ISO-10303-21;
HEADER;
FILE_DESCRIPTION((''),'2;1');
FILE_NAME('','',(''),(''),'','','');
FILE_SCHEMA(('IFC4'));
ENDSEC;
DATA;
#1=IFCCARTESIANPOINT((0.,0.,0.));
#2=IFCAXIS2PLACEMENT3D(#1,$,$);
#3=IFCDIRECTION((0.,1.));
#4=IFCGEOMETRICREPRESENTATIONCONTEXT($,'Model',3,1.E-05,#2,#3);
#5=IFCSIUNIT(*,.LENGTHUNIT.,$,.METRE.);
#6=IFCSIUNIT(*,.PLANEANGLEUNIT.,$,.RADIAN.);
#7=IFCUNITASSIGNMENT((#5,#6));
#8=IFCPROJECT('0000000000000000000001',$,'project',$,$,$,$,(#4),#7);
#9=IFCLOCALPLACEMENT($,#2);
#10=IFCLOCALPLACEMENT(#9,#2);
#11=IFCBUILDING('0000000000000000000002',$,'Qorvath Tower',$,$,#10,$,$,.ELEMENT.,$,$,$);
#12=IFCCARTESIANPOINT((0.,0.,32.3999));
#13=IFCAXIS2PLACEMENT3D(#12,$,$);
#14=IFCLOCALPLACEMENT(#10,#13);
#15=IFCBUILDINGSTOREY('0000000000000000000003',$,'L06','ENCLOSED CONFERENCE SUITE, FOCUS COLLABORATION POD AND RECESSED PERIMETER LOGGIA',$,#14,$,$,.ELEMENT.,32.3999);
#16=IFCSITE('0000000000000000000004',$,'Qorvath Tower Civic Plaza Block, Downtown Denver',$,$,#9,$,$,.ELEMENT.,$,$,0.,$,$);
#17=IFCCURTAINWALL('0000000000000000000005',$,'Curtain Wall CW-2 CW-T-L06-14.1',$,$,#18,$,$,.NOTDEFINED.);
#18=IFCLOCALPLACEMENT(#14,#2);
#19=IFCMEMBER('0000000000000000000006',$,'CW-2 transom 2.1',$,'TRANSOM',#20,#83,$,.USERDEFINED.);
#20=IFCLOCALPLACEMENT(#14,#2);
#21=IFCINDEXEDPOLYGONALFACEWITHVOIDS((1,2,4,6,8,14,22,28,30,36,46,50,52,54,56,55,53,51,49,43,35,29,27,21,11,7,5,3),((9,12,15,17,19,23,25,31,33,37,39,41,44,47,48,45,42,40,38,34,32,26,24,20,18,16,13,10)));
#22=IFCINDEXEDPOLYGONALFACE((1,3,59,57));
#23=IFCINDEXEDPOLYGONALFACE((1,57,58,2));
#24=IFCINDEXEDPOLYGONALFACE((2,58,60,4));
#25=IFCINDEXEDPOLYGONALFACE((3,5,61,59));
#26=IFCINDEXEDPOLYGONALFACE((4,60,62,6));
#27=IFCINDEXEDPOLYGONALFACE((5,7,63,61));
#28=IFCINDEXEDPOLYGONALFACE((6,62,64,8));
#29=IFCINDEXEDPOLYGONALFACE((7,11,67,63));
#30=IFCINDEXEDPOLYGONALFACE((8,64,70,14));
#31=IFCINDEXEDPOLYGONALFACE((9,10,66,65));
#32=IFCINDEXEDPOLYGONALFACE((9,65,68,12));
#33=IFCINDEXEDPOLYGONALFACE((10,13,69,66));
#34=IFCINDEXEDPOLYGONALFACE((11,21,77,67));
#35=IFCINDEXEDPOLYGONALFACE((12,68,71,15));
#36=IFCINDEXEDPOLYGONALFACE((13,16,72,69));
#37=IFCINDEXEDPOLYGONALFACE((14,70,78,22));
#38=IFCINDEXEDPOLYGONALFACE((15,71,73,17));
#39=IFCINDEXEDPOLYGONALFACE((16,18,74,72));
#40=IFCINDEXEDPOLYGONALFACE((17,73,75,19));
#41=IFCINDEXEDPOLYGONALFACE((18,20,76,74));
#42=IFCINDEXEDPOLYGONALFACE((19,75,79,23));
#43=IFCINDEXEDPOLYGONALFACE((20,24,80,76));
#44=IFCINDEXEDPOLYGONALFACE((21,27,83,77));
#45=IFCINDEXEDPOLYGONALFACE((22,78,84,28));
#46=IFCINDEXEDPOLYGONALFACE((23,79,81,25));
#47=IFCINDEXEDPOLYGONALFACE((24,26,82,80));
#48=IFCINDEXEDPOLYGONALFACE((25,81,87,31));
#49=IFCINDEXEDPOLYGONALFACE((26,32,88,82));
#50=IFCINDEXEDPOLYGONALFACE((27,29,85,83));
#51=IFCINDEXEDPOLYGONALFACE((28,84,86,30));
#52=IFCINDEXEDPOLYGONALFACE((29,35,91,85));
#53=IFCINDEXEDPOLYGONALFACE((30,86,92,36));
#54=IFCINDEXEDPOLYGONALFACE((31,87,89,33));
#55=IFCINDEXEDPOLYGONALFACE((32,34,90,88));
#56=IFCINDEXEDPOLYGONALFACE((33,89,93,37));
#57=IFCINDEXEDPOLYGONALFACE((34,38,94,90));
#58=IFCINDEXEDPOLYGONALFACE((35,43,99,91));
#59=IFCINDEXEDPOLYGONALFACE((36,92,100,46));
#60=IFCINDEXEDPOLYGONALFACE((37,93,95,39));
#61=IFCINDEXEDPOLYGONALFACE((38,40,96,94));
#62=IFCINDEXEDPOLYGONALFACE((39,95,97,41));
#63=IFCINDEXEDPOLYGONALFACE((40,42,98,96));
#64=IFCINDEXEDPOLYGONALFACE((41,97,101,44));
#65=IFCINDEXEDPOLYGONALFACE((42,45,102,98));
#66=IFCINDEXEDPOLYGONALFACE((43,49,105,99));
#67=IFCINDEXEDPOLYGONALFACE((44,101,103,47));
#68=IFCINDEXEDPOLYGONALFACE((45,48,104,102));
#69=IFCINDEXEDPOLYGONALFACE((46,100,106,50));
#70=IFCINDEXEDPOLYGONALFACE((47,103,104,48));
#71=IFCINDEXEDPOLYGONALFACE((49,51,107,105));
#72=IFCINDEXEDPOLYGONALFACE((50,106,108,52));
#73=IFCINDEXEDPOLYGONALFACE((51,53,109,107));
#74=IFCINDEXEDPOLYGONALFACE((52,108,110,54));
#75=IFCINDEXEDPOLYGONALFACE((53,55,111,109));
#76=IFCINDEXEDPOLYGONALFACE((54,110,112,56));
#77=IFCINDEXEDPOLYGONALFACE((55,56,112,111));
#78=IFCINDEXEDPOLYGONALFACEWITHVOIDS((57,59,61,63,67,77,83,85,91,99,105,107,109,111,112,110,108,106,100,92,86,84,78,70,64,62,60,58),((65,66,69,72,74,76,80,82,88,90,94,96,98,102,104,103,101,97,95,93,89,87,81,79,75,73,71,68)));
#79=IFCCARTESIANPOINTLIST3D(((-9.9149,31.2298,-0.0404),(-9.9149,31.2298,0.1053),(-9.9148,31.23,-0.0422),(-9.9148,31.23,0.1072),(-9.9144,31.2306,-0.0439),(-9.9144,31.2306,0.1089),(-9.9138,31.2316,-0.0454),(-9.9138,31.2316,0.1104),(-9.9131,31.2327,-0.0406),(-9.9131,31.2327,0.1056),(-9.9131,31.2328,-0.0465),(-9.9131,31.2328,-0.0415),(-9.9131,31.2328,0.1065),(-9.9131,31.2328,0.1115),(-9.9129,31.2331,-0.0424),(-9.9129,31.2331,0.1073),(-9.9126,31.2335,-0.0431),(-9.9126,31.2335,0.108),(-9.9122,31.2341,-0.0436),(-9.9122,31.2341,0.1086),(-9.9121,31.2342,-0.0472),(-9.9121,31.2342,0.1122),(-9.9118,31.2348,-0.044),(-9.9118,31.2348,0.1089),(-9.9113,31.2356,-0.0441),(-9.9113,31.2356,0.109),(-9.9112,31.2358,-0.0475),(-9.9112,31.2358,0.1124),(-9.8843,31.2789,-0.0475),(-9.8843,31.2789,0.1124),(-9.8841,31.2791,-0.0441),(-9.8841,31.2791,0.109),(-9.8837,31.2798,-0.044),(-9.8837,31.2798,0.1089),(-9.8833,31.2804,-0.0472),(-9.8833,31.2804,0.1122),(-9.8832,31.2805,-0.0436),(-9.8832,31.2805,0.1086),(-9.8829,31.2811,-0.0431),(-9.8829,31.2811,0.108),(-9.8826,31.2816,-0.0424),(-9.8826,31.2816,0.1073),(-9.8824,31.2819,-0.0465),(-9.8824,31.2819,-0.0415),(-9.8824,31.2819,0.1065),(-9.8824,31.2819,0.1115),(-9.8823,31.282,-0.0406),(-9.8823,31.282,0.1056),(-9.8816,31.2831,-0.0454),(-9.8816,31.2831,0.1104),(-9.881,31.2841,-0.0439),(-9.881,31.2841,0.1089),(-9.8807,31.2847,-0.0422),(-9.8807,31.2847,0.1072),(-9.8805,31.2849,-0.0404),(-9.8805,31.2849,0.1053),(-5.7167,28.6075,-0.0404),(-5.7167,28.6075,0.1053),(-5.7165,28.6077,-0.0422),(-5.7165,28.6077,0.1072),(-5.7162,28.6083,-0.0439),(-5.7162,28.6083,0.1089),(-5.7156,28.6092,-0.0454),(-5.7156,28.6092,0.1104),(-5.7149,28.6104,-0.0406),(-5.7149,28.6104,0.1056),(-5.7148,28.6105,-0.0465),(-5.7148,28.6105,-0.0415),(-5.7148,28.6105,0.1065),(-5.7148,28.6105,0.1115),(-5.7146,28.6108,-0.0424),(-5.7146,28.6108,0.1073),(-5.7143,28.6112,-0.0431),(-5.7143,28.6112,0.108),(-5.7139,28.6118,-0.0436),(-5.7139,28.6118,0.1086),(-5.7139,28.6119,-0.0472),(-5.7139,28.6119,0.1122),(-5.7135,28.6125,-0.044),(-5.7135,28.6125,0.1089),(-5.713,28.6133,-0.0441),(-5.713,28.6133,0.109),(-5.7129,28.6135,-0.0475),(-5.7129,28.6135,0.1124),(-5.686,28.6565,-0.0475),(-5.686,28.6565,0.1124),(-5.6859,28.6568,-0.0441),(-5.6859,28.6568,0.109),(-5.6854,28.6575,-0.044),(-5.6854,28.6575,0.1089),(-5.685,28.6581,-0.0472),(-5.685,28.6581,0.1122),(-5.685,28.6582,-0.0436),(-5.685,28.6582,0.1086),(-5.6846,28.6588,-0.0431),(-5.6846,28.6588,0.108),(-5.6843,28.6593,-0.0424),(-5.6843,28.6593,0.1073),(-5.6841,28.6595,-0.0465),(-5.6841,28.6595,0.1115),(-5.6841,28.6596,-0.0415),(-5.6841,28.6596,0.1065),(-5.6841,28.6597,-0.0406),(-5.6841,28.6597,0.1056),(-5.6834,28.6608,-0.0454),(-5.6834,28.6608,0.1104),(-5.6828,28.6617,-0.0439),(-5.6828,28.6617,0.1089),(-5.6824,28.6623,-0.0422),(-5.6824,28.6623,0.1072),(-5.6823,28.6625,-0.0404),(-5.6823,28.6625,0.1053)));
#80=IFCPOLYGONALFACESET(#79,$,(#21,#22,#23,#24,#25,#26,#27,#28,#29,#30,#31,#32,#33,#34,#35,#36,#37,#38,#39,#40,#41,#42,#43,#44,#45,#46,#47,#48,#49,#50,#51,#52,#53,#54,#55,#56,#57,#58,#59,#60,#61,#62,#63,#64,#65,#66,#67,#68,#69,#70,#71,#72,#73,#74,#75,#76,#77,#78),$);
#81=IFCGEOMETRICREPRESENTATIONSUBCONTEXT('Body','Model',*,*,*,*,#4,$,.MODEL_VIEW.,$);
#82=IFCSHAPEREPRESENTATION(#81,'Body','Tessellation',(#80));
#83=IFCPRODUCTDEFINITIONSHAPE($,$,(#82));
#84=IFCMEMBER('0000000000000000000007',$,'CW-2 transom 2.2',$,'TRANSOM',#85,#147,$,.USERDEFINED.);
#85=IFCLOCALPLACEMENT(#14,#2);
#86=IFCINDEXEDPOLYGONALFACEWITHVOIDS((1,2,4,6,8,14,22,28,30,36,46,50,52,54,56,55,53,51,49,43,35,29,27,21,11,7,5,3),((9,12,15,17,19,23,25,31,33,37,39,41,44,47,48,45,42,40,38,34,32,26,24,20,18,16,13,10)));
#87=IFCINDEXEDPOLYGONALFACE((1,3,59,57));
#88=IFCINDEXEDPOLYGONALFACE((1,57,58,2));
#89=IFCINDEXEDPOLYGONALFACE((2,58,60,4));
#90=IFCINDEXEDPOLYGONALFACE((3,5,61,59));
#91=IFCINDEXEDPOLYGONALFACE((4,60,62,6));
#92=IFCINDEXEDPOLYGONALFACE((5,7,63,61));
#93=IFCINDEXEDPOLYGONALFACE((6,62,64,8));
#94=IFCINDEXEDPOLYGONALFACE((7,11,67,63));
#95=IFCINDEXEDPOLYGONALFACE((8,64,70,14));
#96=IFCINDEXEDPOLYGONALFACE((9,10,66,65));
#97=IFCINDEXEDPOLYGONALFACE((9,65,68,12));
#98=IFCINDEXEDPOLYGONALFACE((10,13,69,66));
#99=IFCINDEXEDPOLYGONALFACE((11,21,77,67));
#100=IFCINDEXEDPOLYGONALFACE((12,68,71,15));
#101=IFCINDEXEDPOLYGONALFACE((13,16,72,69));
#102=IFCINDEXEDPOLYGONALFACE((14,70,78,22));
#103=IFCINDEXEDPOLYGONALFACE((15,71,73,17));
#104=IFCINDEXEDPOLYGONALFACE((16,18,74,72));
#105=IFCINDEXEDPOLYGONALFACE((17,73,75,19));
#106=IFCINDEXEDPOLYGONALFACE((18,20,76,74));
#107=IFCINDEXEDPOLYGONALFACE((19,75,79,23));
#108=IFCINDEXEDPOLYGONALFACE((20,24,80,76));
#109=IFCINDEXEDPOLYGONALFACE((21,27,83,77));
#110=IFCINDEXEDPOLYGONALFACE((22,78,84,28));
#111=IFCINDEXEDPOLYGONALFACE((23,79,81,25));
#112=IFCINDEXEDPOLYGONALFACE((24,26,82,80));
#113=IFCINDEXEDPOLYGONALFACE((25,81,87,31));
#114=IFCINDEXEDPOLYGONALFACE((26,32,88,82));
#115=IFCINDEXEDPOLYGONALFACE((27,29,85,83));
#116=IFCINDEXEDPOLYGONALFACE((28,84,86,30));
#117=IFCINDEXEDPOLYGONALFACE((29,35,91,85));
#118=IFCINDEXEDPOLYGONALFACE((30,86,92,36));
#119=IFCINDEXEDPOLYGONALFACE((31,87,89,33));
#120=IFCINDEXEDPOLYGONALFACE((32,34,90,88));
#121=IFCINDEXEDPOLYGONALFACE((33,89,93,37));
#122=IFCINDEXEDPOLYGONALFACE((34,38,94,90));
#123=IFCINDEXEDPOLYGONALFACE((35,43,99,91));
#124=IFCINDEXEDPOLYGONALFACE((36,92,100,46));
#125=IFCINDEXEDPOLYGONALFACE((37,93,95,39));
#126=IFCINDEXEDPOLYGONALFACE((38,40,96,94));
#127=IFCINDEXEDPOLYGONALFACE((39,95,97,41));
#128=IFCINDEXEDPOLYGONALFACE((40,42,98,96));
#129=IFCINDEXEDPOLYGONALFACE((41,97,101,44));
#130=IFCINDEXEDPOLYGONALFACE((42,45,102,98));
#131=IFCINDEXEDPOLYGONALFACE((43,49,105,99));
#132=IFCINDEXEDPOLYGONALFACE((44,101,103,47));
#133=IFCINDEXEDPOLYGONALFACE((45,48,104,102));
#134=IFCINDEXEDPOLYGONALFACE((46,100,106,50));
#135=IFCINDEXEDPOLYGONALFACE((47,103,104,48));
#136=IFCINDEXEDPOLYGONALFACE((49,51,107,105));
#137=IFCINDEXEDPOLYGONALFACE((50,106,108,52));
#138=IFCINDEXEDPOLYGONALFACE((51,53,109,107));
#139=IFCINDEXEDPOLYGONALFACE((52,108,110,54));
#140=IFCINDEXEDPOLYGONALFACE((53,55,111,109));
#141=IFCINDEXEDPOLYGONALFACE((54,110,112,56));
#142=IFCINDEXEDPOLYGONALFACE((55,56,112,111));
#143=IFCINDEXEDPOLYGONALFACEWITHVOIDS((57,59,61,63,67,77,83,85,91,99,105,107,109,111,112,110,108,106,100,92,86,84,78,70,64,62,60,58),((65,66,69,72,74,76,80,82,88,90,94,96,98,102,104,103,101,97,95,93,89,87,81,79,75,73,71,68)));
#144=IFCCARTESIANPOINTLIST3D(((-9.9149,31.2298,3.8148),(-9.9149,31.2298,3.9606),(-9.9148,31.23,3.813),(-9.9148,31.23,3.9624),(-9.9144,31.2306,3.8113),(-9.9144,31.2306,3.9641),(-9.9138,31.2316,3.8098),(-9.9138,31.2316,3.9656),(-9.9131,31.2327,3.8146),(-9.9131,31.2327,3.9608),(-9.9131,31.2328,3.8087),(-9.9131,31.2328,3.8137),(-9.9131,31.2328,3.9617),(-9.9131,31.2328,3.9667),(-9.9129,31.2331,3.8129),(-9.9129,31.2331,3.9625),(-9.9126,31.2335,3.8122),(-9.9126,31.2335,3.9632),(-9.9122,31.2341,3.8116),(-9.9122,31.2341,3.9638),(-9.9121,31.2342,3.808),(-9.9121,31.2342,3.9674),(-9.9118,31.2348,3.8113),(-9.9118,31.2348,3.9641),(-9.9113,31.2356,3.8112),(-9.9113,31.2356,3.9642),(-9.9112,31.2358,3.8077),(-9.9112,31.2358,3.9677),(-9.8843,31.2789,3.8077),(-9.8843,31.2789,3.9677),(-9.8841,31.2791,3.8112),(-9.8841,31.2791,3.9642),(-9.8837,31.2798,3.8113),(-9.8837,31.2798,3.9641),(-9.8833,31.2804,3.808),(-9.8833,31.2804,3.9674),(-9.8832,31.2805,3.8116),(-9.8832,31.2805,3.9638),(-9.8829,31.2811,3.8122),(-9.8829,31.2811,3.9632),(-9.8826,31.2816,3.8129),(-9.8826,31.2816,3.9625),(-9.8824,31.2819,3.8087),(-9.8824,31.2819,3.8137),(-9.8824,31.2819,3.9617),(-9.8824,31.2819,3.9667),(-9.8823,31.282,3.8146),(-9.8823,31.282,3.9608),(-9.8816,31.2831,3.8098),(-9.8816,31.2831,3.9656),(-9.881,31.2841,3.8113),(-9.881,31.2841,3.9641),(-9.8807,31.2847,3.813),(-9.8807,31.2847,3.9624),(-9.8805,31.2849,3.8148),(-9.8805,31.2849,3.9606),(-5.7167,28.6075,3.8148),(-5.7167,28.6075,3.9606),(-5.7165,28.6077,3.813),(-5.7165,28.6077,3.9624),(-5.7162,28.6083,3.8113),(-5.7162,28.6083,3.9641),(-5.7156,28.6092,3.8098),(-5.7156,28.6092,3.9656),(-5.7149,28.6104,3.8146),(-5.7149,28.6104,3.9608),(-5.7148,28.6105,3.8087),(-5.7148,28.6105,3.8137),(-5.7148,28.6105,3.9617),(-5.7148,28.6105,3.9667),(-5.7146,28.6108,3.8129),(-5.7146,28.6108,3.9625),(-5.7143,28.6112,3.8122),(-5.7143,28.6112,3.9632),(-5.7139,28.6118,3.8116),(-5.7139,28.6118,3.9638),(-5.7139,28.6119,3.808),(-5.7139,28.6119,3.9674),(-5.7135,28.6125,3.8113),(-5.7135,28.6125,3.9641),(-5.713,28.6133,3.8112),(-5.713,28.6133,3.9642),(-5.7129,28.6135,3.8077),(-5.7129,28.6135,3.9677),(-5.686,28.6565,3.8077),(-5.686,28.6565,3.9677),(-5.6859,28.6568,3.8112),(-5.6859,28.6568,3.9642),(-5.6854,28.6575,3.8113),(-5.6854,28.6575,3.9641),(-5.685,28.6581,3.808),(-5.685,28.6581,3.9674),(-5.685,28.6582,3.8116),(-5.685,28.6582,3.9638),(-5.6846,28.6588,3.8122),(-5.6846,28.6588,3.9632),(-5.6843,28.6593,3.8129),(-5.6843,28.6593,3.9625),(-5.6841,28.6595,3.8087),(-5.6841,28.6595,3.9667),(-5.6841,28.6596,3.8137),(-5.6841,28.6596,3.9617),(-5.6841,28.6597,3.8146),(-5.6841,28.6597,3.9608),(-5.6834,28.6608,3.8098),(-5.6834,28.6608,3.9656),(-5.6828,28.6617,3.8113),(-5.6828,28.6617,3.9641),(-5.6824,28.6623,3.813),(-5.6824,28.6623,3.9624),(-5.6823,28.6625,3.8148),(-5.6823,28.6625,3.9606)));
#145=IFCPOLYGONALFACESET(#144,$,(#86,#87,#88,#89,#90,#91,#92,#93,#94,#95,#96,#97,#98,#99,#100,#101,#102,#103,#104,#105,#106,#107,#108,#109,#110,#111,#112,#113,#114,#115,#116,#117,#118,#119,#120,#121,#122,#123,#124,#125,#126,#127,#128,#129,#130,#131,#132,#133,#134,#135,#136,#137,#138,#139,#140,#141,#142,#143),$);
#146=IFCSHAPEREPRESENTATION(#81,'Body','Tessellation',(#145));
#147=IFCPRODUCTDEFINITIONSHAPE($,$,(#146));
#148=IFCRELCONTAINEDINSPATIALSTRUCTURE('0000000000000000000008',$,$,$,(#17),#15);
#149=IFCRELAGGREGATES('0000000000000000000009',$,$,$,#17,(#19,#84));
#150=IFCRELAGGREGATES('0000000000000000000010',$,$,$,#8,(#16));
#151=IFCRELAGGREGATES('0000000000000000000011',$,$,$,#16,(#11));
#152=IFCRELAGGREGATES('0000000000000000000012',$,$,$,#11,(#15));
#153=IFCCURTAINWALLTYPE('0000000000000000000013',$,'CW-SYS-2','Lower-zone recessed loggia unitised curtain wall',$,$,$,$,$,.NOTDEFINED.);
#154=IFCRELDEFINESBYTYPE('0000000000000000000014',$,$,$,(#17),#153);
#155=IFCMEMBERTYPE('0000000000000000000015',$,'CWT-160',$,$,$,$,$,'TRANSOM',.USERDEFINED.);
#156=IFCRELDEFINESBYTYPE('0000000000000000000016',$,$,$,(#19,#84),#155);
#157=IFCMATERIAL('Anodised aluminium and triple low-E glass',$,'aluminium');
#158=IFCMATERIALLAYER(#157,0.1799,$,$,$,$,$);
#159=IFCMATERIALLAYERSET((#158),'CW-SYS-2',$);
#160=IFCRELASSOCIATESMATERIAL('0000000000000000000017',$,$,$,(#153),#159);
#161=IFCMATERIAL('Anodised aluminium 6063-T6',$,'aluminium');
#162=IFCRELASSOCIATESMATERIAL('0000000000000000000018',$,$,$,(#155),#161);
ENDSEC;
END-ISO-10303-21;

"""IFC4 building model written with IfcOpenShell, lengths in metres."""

from ifc_helpers import new_model, si_unit, direction, frame, origin, origin_2d, place, context, subcontext, project, spatial, hollow_rectangle, extrude, material, layer, layer_set, material_profile, profile_set, type_object, element, aggregate, save


model = new_model("IFC4")

# Units and contexts
model_context = context("Model", 3, precision=1e-05, world=origin(), true_north=direction((0.0, 1.0)))
body_context = subcontext(model_context, "Body", "Model", "MODEL_VIEW")
ifc_project = project(units=[si_unit("LENGTHUNIT", "METRE"), si_unit("PLANEANGLEUNIT", "RADIAN")], contexts=[model_context])

# Site, building, storey
site_placement = place(None, origin())
site = spatial("IfcSite", under=ifc_project, at=site_placement, Name="Qorvath Tower Civic Plaza Block, Downtown Denver", CompositionType="ELEMENT", RefElevation=0.0)
building_placement = place(site_placement, origin())
building = spatial("IfcBuilding", under=site, at=building_placement, Name="Qorvath Tower", CompositionType="ELEMENT")
storey_placement = place(building_placement, frame((0.0, 0.0, 32.3999)))
storey = spatial("IfcBuildingStorey", under=building, at=storey_placement, Name="L06", Description="ENCLOSED CONFERENCE SUITE, FOCUS COLLABORATION POD AND RECESSED PERIMETER LOGGIA", CompositionType="ELEMENT", Elevation=32.3999)

# Curtain wall
ifc_material_1 = material(Name="Anodised aluminium and triple low-E glass", Category="aluminium")
ifc_layer_1 = layer(ifc_material_1, 0.1799)
ifc_layer_set_1 = layer_set([ifc_layer_1], Name="CW-SYS-2")
curtain_wall_type = type_object("IfcCurtainWallType", Name="CW-SYS-2", Description="Lower-zone recessed loggia unitised curtain wall", PredefinedType="NOTDEFINED", material=ifc_layer_set_1)
curtain_wall_1_placement = place(storey_placement, origin())
curtain_wall_1 = element("IfcCurtainWall", 1, at=curtain_wall_1_placement, inside=storey, type_object=curtain_wall_type, Name="Curtain Wall CW-2 CW-T-L06-14.1", PredefinedType="NOTDEFINED")

# Members
ifc_material_2 = material(Name="Anodised aluminium 6063-T6", Category="aluminium")
ifc_material_profile_1 = material_profile(ifc_material_2, hollow_rectangle(XDim=0.0649, YDim=0.1599, WallThickness=0.0034, InnerFilletRadius=0.0034, OuterFilletRadius=0.0071, at=origin_2d()), Name="CWT 160x65")
ifc_profile_set_1 = profile_set([ifc_material_profile_1], Name="Anodised aluminium 6063-T6")
member_type_1 = type_object("IfcMemberType", Name="CWT-160", ElementType="TRANSOM", PredefinedType="USERDEFINED", material=ifc_profile_set_1)
member_1_placement = place(storey_placement, frame((-5.6995, 28.635, 0.0325), z_axis=(-0.848142, 0.529768, 0.0), x_axis=(-0.529768, -0.848142, 0.0)))
member_1 = element("IfcMember", 2, at=member_1_placement, type_object=member_type_1, Name="CW-2 transom 2.1", ObjectType="TRANSOM", PredefinedType="USERDEFINED", context=body_context, shape_type="SweptSolid", body=[
    extrude(hollow_rectangle(XDim=0.0649, YDim=0.1599, WallThickness=0.0034, InnerFilletRadius=0.0034, OuterFilletRadius=0.0071, at=origin_2d()), origin(), (0.0, 0.0, 1.0), 4.95),
])
member_2_placement = place(storey_placement, frame((-5.6995, 28.635, 3.8877), z_axis=(-0.848142, 0.529768, 0.0), x_axis=(-0.529768, -0.848142, 0.0)))
member_2 = element("IfcMember", 3, at=member_2_placement, type_object=member_type_1, Name="CW-2 transom 2.2", ObjectType="TRANSOM", PredefinedType="USERDEFINED", context=body_context, shape_type="SweptSolid", body=[
    extrude(hollow_rectangle(XDim=0.0649, YDim=0.1599, WallThickness=0.0034, InnerFilletRadius=0.0034, OuterFilletRadius=0.0071, at=origin_2d()), origin(), (0.0, 0.0, 1.0), 4.95),
])

aggregate(curtain_wall_1, [member_1, member_2])

save(model, "model.ifc")
